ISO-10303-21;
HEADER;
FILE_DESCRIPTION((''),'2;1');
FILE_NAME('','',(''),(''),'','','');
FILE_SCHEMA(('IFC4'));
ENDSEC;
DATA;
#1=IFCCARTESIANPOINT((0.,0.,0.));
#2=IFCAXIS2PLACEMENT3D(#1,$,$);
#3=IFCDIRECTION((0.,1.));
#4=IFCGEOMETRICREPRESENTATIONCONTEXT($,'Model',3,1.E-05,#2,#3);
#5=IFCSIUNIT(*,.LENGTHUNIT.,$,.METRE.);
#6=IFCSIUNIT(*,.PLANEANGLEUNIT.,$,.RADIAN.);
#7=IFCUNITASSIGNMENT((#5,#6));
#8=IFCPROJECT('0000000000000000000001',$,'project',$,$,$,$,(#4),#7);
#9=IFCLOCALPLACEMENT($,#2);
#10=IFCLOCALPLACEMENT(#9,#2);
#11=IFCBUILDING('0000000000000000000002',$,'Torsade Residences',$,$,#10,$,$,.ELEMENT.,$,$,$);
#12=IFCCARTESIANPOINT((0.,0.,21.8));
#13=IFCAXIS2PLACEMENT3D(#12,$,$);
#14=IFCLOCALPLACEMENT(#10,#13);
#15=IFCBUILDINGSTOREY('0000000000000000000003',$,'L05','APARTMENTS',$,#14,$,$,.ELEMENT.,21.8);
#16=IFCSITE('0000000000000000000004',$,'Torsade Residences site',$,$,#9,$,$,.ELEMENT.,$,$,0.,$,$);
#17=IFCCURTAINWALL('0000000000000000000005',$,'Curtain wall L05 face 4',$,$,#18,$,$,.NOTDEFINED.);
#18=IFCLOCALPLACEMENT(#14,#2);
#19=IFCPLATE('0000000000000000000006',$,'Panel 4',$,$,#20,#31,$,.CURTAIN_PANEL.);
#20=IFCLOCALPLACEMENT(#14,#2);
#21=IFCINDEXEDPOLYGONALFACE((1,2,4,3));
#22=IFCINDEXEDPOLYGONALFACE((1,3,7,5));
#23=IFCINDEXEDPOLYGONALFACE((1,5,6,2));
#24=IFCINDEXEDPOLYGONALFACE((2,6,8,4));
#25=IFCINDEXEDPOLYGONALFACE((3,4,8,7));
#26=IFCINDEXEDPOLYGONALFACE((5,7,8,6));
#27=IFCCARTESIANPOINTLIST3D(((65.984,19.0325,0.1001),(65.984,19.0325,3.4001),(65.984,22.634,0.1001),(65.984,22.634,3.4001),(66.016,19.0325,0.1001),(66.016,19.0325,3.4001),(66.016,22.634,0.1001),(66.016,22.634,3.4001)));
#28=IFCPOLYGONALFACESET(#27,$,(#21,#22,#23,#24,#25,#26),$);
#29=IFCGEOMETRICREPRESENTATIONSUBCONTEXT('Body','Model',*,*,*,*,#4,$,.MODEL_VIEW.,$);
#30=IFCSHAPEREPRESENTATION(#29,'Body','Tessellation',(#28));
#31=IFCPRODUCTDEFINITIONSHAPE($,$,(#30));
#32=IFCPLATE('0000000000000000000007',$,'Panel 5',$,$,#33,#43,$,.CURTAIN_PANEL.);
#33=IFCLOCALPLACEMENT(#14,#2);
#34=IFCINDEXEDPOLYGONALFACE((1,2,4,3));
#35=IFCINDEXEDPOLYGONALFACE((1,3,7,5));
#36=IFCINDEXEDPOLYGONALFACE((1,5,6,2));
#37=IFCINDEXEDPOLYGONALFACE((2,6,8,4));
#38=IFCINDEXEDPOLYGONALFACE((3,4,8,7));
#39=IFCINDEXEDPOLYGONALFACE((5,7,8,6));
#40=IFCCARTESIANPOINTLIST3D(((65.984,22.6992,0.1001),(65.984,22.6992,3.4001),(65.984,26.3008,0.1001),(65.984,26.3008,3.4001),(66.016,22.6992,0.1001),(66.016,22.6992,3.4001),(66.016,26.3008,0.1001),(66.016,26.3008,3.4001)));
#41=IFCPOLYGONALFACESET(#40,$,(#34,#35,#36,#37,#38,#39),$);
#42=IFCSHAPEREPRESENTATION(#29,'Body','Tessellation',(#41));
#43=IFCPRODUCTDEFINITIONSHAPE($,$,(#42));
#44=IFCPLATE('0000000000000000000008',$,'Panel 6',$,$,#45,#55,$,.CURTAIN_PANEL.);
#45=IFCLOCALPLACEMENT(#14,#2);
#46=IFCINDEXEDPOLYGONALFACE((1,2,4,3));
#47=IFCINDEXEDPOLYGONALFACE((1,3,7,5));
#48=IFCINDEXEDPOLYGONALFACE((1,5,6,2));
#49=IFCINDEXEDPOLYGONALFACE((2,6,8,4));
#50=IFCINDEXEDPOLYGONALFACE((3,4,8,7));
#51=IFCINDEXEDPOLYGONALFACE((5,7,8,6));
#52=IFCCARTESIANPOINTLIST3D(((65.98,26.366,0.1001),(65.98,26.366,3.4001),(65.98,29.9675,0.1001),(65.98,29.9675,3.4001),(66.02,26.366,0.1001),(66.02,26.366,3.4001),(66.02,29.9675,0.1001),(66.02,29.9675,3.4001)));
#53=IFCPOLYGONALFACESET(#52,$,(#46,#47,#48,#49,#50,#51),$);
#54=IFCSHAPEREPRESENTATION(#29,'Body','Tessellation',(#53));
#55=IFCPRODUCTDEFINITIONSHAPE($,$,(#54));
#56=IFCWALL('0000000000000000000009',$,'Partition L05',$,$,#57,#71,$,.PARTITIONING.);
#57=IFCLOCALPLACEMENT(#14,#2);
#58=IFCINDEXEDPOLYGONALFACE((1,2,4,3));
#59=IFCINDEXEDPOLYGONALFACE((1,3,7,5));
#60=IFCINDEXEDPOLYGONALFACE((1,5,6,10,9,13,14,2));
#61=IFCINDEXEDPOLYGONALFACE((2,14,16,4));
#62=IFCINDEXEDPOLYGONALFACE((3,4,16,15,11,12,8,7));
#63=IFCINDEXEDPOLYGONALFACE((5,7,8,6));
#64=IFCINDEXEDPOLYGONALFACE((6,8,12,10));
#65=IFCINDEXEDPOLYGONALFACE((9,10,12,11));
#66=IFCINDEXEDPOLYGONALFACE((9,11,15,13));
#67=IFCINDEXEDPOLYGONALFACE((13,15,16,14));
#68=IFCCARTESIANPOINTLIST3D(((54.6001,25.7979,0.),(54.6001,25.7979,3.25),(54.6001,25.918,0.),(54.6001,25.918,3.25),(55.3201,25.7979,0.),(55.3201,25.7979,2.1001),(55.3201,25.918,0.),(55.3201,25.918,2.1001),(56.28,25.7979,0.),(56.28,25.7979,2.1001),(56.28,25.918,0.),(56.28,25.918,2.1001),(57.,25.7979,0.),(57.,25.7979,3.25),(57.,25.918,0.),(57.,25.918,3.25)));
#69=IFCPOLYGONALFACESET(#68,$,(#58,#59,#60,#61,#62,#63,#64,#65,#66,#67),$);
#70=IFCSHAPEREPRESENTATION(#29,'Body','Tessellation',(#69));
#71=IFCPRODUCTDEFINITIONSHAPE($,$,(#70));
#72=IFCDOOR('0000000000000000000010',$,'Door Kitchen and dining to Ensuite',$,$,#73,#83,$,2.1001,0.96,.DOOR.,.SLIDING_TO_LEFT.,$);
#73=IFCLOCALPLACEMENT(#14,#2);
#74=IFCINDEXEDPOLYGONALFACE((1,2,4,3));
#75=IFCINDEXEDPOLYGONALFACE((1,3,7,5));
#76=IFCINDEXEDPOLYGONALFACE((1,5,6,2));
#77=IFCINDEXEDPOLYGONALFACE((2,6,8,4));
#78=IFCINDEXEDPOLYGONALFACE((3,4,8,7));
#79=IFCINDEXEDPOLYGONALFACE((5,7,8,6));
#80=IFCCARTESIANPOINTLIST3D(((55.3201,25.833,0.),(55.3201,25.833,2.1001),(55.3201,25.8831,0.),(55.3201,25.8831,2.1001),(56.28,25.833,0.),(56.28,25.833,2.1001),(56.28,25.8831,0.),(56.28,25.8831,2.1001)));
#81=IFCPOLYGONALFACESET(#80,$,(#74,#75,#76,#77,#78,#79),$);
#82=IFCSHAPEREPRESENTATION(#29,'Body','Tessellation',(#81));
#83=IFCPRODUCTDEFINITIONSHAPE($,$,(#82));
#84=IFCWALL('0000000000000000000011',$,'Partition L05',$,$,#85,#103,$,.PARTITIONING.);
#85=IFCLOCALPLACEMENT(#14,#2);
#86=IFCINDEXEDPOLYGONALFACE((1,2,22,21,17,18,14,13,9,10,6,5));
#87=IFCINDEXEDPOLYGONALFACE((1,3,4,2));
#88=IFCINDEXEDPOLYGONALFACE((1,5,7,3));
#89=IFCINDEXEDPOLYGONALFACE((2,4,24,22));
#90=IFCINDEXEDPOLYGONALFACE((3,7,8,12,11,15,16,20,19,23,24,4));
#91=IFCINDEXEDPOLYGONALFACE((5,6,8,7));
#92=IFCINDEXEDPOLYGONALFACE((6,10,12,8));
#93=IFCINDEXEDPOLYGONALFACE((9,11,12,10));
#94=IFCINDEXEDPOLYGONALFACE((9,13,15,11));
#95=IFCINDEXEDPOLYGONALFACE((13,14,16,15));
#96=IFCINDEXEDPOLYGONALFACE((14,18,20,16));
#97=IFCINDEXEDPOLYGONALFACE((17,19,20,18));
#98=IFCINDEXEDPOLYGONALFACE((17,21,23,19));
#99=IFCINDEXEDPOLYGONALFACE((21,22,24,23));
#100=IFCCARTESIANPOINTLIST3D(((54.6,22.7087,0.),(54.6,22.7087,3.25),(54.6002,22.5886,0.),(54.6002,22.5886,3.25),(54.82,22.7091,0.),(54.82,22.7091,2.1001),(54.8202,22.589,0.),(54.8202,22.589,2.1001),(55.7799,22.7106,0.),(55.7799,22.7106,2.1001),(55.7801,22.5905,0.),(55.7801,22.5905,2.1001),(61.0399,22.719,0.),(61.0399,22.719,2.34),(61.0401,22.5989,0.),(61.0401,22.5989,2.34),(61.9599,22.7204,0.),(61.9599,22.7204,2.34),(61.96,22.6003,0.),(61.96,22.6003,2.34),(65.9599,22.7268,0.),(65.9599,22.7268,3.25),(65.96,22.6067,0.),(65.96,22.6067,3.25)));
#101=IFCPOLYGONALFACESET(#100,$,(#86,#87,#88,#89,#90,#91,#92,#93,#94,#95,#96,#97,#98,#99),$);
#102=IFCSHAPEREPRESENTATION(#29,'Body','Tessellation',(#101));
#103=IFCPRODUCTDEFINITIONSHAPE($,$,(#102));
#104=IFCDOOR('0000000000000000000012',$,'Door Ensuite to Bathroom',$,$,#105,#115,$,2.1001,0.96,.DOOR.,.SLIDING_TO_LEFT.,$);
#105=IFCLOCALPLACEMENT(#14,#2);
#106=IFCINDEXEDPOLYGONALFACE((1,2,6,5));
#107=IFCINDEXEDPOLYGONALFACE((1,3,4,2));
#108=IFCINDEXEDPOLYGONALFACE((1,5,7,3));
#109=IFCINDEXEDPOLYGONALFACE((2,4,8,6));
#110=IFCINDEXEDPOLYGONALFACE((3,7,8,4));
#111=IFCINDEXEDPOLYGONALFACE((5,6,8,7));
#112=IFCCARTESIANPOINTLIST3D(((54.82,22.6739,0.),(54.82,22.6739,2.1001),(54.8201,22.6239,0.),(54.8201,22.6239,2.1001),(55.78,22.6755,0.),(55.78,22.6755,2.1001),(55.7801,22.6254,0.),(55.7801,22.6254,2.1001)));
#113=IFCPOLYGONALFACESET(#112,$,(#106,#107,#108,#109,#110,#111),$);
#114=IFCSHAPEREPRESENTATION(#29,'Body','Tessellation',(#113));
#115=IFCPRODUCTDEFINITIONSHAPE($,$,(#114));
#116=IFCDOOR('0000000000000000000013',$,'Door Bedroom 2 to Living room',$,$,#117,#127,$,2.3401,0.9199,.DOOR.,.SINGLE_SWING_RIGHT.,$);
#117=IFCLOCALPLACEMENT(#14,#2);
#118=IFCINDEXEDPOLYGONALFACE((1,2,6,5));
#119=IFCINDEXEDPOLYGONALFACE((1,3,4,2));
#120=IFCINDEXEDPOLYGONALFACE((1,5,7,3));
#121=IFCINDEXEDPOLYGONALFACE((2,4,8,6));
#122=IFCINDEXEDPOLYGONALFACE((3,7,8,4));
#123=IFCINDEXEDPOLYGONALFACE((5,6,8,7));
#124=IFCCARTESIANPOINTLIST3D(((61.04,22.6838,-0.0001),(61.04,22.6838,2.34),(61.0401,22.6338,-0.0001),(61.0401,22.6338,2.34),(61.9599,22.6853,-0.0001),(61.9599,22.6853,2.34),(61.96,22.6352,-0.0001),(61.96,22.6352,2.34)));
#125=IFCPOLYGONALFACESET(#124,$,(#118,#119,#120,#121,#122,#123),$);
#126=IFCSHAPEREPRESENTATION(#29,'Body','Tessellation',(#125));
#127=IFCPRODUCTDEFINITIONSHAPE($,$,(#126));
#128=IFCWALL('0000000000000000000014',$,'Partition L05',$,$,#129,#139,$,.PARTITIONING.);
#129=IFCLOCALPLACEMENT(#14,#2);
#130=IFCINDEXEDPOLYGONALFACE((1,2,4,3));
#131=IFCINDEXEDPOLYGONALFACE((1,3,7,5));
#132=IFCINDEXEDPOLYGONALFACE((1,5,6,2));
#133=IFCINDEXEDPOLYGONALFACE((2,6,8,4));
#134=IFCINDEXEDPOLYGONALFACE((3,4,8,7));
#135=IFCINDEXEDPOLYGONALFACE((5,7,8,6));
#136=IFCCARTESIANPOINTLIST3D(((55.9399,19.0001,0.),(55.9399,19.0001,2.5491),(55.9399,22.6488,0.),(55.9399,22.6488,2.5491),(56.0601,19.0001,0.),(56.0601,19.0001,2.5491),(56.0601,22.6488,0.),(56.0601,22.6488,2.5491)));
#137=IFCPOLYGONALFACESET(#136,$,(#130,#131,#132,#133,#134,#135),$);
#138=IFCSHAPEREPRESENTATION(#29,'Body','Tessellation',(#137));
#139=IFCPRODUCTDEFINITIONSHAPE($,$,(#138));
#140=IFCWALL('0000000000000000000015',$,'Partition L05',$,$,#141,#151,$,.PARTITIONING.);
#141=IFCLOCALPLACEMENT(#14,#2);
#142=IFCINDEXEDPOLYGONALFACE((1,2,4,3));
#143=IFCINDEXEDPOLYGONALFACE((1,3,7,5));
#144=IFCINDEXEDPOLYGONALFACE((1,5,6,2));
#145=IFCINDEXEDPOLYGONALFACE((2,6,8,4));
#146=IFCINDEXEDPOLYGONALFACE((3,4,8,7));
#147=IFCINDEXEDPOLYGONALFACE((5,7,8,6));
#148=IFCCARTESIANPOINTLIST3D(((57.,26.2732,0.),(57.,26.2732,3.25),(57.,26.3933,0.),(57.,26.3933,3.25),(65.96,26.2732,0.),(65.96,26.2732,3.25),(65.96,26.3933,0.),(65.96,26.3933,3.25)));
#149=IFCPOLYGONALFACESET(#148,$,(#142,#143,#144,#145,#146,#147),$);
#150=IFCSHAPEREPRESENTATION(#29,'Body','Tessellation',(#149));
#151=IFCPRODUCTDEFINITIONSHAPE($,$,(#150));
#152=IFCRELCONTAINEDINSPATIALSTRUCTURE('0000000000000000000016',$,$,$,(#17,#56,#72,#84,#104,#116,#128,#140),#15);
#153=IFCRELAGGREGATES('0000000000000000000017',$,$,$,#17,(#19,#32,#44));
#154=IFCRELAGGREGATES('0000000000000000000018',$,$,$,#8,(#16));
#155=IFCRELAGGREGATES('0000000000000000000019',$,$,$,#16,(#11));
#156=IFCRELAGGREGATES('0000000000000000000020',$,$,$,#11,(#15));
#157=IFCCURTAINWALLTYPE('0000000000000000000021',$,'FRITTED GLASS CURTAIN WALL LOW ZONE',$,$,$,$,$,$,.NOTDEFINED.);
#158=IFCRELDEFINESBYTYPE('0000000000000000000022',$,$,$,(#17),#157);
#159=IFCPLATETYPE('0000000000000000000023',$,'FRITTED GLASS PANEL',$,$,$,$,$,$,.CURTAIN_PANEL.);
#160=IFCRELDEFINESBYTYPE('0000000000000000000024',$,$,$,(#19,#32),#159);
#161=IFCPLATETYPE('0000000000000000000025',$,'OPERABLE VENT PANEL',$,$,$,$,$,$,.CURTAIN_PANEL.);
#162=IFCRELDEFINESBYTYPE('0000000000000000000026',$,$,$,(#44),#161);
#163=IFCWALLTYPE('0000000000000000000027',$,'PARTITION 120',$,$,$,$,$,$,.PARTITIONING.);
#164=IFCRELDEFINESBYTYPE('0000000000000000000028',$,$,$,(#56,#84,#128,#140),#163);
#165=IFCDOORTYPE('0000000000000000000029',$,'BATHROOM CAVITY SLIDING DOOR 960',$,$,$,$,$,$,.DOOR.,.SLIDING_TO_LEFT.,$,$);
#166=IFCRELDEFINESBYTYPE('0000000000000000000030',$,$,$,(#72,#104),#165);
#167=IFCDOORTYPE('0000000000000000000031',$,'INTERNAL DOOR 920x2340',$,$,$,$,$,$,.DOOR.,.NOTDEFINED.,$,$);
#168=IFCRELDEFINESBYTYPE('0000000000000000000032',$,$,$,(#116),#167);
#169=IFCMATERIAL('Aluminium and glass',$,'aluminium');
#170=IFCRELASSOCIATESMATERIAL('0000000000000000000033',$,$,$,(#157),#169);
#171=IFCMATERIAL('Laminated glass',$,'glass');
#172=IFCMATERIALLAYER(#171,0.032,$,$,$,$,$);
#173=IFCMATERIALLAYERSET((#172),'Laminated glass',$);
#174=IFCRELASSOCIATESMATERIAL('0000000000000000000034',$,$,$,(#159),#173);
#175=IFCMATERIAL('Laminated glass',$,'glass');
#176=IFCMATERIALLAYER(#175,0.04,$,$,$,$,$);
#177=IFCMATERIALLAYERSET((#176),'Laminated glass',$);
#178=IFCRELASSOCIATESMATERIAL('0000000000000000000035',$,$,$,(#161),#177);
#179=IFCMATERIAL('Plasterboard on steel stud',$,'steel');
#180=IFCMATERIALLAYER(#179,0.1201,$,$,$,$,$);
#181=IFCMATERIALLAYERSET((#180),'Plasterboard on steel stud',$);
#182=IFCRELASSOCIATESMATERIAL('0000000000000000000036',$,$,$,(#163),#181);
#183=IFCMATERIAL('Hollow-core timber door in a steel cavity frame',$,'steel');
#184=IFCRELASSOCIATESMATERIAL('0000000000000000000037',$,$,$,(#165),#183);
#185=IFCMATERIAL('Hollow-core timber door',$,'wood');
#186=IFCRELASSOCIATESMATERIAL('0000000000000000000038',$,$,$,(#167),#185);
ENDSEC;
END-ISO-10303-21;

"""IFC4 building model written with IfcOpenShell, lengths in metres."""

from ifc_helpers import new_model, si_unit, direction, frame, frame_2d, origin, origin_2d, place, context, subcontext, project, spatial, rectangle, extrude, material, layer, layer_set, type_object, element, fill, aggregate, save


model = new_model("IFC4")

# Units and contexts
model_context = context("Model", 3, precision=1e-05, world=origin(), true_north=direction((0.0, 1.0)))
body_context = subcontext(model_context, "Body", "Model", "MODEL_VIEW")
ifc_project = project(units=[si_unit("LENGTHUNIT", "METRE"), si_unit("PLANEANGLEUNIT", "RADIAN")], contexts=[model_context])

# Site, building, storey
site_placement = place(None, origin())
site = spatial("IfcSite", under=ifc_project, at=site_placement, Name="Torsade Residences site", CompositionType="ELEMENT", RefElevation=0.0)
building_placement = place(site_placement, origin())
building = spatial("IfcBuilding", under=site, at=building_placement, Name="Torsade Residences", CompositionType="ELEMENT")
storey_placement = place(building_placement, frame((0.0, 0.0, 21.8)))
storey = spatial("IfcBuildingStorey", under=building, at=storey_placement, Name="L05", Description="APARTMENTS", CompositionType="ELEMENT", Elevation=21.8)

# Curtain wall
ifc_material_1 = material(Name="Aluminium and glass", Category="aluminium")
curtain_wall_type = type_object("IfcCurtainWallType", Name="FRITTED GLASS CURTAIN WALL LOW ZONE", PredefinedType="NOTDEFINED", material=ifc_material_1)
curtain_wall_placement = place(storey_placement, origin())
curtain_wall = element("IfcCurtainWall", 1, at=curtain_wall_placement, inside=storey, type_object=curtain_wall_type, Name="Curtain wall L05 face 4", PredefinedType="NOTDEFINED")

# Plates
ifc_material_2 = material(Name="Laminated glass", Category="glass")
ifc_layer_1 = layer(ifc_material_2, 0.032)
ifc_layer_set_1 = layer_set([ifc_layer_1], Name="Laminated glass")
plate_type_1 = type_object("IfcPlateType", Name="FRITTED GLASS PANEL", PredefinedType="CURTAIN_PANEL", material=ifc_layer_set_1)
plate_1_placement = place(storey_placement, frame((66.0, 20.8333, 0.1001), z_axis=(0.0, 0.0, 1.0), x_axis=(0.0, 1.0, 0.0)))
plate_1 = element("IfcPlate", 2, at=plate_1_placement, type_object=plate_type_1, Name="Panel 4", PredefinedType="CURTAIN_PANEL", context=body_context, shape_type="SweptSolid", body=[
    extrude(rectangle(XDim=3.6016, YDim=0.032, at=origin_2d()), origin(), (0.0, 0.0, 1.0), 3.3),
])
plate_2_placement = place(storey_placement, frame((66.0, 24.5, 0.1001), z_axis=(0.0, 0.0, 1.0), x_axis=(0.0, 1.0, 0.0)))
plate_2 = element("IfcPlate", 3, at=plate_2_placement, type_object=plate_type_1, Name="Panel 5", PredefinedType="CURTAIN_PANEL", context=body_context, shape_type="SweptSolid", body=[
    extrude(rectangle(XDim=3.6016, YDim=0.032, at=origin_2d()), origin(), (0.0, 0.0, 1.0), 3.3),
])
ifc_material_3 = material(Name="Laminated glass", Category="glass")
ifc_layer_2 = layer(ifc_material_3, 0.04)
ifc_layer_set_2 = layer_set([ifc_layer_2], Name="Laminated glass")
plate_type_2 = type_object("IfcPlateType", Name="OPERABLE VENT PANEL", PredefinedType="CURTAIN_PANEL", material=ifc_layer_set_2)
plate_3_placement = place(storey_placement, frame((66.0, 28.1667, 0.1001), z_axis=(0.0, 0.0, 1.0), x_axis=(0.0, 1.0, 0.0)))
plate_3 = element("IfcPlate", 4, at=plate_3_placement, type_object=plate_type_2, Name="Panel 6", PredefinedType="CURTAIN_PANEL", context=body_context, shape_type="SweptSolid", body=[
    extrude(rectangle(XDim=3.6016, YDim=0.04, at=origin_2d()), origin(), (0.0, 0.0, 1.0), 3.3),
])
aggregate(curtain_wall, [plate_1, plate_2, plate_3])

# Wall, opening, door
ifc_material_4 = material(Name="Plasterboard on steel stud", Category="steel")
ifc_layer_3 = layer(ifc_material_4, 0.1201)
ifc_layer_set_3 = layer_set([ifc_layer_3], Name="Plasterboard on steel stud")
wall_type = type_object("IfcWallType", Name="PARTITION 120", PredefinedType="PARTITIONING", material=ifc_layer_set_3)
wall_1_placement = place(storey_placement, frame((57.0, 25.8579, 0.0), z_axis=(0.0, 0.0, 1.0), x_axis=(-1.0, 0.0, 0.0)))
wall_1 = element("IfcWall", 5, at=wall_1_placement, inside=storey, type_object=wall_type, Name="Partition L05", PredefinedType="PARTITIONING", context=body_context, shape_type="SweptSolid", body=[
    extrude(rectangle(XDim=2.3999, YDim=0.1201, at=frame_2d((1.2, 0.0))), origin(), (0.0, 0.0, 1.0), 3.25),
])
opening_1_placement = place(wall_1_placement, frame((0.72, 0.0, 0.0)))
opening_1 = element("IfcOpeningElement", 6, at=opening_1_placement, cuts=wall_1, PredefinedType="OPENING", context=body_context, shape_type="SweptSolid", body=[
    extrude(rectangle(XDim=0.96, YDim=2.1001, at=frame_2d((0.48, 1.05))), frame((0.0, 0.0701, 0.0), z_axis=(0.0, -1.0, 0.0), x_axis=(1.0, 0.0, 0.0)), (0.0, 0.0, 1.0), 0.1401),
])
ifc_material_5 = material(Name="Hollow-core timber door in a steel cavity frame", Category="steel")
door_type_1 = type_object("IfcDoorType", Name="BATHROOM CAVITY SLIDING DOOR 960", OperationType="SLIDING_TO_LEFT", PredefinedType="DOOR", material=ifc_material_5)
door_1_placement = place(opening_1_placement, origin())
door_1 = element("IfcDoor", 7, at=door_1_placement, inside=storey, type_object=door_type_1, Name="Door Kitchen and dining to Ensuite", OperationType="SLIDING_TO_LEFT", OverallHeight=2.1001, OverallWidth=0.96, PredefinedType="DOOR", context=body_context, shape_type="SweptSolid", body=[
    extrude(rectangle(XDim=0.96, YDim=2.1001, at=frame_2d((0.48, 1.05))), frame((0.0, 0.0249, 0.0), z_axis=(0.0, -1.0, 0.0), x_axis=(1.0, 0.0, 0.0)), (0.0, 0.0, 1.0), 0.05),
])
fill(opening_1, door_1)

# Wall, openings, doors
wall_2_placement = place(storey_placement, frame((54.6001, 22.6487, 0.0), z_axis=(0.0, 0.0, 1.0), x_axis=(0.999999, 0.00159, 0.0)))
wall_2 = element("IfcWall", 8, at=wall_2_placement, inside=storey, type_object=wall_type, Name="Partition L05", PredefinedType="PARTITIONING", context=body_context, shape_type="SweptSolid", body=[
    extrude(rectangle(XDim=11.3599, YDim=0.1201, at=frame_2d((5.6799, 0.0))), origin(), (0.0, 0.0, 1.0), 3.25),
])
opening_2_placement = place(wall_2_placement, frame((0.22, 0.0, 0.0)))
opening_2 = element("IfcOpeningElement", 9, at=opening_2_placement, cuts=wall_2, PredefinedType="OPENING", context=body_context, shape_type="SweptSolid", body=[
    extrude(rectangle(XDim=0.96, YDim=2.1001, at=frame_2d((0.48, 1.05))), frame((0.0, 0.0701, 0.0), z_axis=(0.0, -1.0, 0.0), x_axis=(1.0, 0.0, 0.0)), (0.0, 0.0, 1.0), 0.1401),
])
opening_3_placement = place(wall_2_placement, frame((6.4399, 0.0, 0.0)))
opening_3 = element("IfcOpeningElement", 10, at=opening_3_placement, cuts=wall_2, PredefinedType="OPENING", context=body_context, shape_type="SweptSolid", body=[
    extrude(rectangle(XDim=0.9199, YDim=2.3401, at=frame_2d((0.46, 1.1699))), frame((0.0, 0.0701, 0.0), z_axis=(0.0, -1.0, 0.0), x_axis=(1.0, 0.0, 0.0)), (0.0, 0.0, 1.0), 0.1401),
])
door_2_placement = place(opening_2_placement, origin())
door_2 = element("IfcDoor", 11, at=door_2_placement, inside=storey, type_object=door_type_1, Name="Door Ensuite to Bathroom", OperationType="SLIDING_TO_LEFT", OverallHeight=2.1001, OverallWidth=0.96, PredefinedType="DOOR", context=body_context, shape_type="SweptSolid", body=[
    extrude(rectangle(XDim=0.96, YDim=2.1001, at=frame_2d((0.48, 1.05))), frame((0.0, 0.0249, 0.0), z_axis=(0.0, -1.0, 0.0), x_axis=(1.0, 0.0, 0.0)), (0.0, 0.0, 1.0), 0.05),
])
fill(opening_2, door_2)
ifc_material_6 = material(Name="Hollow-core timber door", Category="wood")
door_type_2 = type_object("IfcDoorType", Name="INTERNAL DOOR 920x2340", OperationType="NOTDEFINED", PredefinedType="DOOR", material=ifc_material_6)
door_3_placement = place(opening_3_placement, origin())
door_3 = element("IfcDoor", 12, at=door_3_placement, inside=storey, type_object=door_type_2, Name="Door Bedroom 2 to Living room", OperationType="SINGLE_SWING_RIGHT", OverallHeight=2.3401, OverallWidth=0.9199, PredefinedType="DOOR", context=body_context, shape_type="SweptSolid", body=[
    extrude(rectangle(XDim=0.9199, YDim=2.3401, at=frame_2d((0.46, 1.1699))), frame((0.0, 0.0249, 0.0), z_axis=(0.0, -1.0, 0.0), x_axis=(1.0, 0.0, 0.0)), (0.0, 0.0, 1.0), 0.05),
])
fill(opening_3, door_3)

# Walls
wall_3_placement = place(storey_placement, frame((56.0, 22.6487, 0.0), z_axis=(0.0, 0.0, 1.0), x_axis=(0.0, -1.0, 0.0)))
element("IfcWall", 13, at=wall_3_placement, inside=storey, type_object=wall_type, Name="Partition L05", PredefinedType="PARTITIONING", context=body_context, shape_type="SweptSolid", body=[
    extrude(rectangle(XDim=3.6487, YDim=0.1201, at=frame_2d((1.8242, 0.0))), origin(), (0.0, 0.0, 1.0), 2.5491),
])
wall_4_placement = place(storey_placement, frame((65.96, 26.3333, 0.0), z_axis=(0.0, 0.0, 1.0), x_axis=(-1.0, 0.0, 0.0)))
element("IfcWall", 14, at=wall_4_placement, inside=storey, type_object=wall_type, Name="Partition L05", PredefinedType="PARTITIONING", context=body_context, shape_type="SweptSolid", body=[
    extrude(rectangle(XDim=8.96, YDim=0.1201, at=frame_2d((4.48, 0.0))), origin(), (0.0, 0.0, 1.0), 3.25),
])

save(model, "model.ifc")
